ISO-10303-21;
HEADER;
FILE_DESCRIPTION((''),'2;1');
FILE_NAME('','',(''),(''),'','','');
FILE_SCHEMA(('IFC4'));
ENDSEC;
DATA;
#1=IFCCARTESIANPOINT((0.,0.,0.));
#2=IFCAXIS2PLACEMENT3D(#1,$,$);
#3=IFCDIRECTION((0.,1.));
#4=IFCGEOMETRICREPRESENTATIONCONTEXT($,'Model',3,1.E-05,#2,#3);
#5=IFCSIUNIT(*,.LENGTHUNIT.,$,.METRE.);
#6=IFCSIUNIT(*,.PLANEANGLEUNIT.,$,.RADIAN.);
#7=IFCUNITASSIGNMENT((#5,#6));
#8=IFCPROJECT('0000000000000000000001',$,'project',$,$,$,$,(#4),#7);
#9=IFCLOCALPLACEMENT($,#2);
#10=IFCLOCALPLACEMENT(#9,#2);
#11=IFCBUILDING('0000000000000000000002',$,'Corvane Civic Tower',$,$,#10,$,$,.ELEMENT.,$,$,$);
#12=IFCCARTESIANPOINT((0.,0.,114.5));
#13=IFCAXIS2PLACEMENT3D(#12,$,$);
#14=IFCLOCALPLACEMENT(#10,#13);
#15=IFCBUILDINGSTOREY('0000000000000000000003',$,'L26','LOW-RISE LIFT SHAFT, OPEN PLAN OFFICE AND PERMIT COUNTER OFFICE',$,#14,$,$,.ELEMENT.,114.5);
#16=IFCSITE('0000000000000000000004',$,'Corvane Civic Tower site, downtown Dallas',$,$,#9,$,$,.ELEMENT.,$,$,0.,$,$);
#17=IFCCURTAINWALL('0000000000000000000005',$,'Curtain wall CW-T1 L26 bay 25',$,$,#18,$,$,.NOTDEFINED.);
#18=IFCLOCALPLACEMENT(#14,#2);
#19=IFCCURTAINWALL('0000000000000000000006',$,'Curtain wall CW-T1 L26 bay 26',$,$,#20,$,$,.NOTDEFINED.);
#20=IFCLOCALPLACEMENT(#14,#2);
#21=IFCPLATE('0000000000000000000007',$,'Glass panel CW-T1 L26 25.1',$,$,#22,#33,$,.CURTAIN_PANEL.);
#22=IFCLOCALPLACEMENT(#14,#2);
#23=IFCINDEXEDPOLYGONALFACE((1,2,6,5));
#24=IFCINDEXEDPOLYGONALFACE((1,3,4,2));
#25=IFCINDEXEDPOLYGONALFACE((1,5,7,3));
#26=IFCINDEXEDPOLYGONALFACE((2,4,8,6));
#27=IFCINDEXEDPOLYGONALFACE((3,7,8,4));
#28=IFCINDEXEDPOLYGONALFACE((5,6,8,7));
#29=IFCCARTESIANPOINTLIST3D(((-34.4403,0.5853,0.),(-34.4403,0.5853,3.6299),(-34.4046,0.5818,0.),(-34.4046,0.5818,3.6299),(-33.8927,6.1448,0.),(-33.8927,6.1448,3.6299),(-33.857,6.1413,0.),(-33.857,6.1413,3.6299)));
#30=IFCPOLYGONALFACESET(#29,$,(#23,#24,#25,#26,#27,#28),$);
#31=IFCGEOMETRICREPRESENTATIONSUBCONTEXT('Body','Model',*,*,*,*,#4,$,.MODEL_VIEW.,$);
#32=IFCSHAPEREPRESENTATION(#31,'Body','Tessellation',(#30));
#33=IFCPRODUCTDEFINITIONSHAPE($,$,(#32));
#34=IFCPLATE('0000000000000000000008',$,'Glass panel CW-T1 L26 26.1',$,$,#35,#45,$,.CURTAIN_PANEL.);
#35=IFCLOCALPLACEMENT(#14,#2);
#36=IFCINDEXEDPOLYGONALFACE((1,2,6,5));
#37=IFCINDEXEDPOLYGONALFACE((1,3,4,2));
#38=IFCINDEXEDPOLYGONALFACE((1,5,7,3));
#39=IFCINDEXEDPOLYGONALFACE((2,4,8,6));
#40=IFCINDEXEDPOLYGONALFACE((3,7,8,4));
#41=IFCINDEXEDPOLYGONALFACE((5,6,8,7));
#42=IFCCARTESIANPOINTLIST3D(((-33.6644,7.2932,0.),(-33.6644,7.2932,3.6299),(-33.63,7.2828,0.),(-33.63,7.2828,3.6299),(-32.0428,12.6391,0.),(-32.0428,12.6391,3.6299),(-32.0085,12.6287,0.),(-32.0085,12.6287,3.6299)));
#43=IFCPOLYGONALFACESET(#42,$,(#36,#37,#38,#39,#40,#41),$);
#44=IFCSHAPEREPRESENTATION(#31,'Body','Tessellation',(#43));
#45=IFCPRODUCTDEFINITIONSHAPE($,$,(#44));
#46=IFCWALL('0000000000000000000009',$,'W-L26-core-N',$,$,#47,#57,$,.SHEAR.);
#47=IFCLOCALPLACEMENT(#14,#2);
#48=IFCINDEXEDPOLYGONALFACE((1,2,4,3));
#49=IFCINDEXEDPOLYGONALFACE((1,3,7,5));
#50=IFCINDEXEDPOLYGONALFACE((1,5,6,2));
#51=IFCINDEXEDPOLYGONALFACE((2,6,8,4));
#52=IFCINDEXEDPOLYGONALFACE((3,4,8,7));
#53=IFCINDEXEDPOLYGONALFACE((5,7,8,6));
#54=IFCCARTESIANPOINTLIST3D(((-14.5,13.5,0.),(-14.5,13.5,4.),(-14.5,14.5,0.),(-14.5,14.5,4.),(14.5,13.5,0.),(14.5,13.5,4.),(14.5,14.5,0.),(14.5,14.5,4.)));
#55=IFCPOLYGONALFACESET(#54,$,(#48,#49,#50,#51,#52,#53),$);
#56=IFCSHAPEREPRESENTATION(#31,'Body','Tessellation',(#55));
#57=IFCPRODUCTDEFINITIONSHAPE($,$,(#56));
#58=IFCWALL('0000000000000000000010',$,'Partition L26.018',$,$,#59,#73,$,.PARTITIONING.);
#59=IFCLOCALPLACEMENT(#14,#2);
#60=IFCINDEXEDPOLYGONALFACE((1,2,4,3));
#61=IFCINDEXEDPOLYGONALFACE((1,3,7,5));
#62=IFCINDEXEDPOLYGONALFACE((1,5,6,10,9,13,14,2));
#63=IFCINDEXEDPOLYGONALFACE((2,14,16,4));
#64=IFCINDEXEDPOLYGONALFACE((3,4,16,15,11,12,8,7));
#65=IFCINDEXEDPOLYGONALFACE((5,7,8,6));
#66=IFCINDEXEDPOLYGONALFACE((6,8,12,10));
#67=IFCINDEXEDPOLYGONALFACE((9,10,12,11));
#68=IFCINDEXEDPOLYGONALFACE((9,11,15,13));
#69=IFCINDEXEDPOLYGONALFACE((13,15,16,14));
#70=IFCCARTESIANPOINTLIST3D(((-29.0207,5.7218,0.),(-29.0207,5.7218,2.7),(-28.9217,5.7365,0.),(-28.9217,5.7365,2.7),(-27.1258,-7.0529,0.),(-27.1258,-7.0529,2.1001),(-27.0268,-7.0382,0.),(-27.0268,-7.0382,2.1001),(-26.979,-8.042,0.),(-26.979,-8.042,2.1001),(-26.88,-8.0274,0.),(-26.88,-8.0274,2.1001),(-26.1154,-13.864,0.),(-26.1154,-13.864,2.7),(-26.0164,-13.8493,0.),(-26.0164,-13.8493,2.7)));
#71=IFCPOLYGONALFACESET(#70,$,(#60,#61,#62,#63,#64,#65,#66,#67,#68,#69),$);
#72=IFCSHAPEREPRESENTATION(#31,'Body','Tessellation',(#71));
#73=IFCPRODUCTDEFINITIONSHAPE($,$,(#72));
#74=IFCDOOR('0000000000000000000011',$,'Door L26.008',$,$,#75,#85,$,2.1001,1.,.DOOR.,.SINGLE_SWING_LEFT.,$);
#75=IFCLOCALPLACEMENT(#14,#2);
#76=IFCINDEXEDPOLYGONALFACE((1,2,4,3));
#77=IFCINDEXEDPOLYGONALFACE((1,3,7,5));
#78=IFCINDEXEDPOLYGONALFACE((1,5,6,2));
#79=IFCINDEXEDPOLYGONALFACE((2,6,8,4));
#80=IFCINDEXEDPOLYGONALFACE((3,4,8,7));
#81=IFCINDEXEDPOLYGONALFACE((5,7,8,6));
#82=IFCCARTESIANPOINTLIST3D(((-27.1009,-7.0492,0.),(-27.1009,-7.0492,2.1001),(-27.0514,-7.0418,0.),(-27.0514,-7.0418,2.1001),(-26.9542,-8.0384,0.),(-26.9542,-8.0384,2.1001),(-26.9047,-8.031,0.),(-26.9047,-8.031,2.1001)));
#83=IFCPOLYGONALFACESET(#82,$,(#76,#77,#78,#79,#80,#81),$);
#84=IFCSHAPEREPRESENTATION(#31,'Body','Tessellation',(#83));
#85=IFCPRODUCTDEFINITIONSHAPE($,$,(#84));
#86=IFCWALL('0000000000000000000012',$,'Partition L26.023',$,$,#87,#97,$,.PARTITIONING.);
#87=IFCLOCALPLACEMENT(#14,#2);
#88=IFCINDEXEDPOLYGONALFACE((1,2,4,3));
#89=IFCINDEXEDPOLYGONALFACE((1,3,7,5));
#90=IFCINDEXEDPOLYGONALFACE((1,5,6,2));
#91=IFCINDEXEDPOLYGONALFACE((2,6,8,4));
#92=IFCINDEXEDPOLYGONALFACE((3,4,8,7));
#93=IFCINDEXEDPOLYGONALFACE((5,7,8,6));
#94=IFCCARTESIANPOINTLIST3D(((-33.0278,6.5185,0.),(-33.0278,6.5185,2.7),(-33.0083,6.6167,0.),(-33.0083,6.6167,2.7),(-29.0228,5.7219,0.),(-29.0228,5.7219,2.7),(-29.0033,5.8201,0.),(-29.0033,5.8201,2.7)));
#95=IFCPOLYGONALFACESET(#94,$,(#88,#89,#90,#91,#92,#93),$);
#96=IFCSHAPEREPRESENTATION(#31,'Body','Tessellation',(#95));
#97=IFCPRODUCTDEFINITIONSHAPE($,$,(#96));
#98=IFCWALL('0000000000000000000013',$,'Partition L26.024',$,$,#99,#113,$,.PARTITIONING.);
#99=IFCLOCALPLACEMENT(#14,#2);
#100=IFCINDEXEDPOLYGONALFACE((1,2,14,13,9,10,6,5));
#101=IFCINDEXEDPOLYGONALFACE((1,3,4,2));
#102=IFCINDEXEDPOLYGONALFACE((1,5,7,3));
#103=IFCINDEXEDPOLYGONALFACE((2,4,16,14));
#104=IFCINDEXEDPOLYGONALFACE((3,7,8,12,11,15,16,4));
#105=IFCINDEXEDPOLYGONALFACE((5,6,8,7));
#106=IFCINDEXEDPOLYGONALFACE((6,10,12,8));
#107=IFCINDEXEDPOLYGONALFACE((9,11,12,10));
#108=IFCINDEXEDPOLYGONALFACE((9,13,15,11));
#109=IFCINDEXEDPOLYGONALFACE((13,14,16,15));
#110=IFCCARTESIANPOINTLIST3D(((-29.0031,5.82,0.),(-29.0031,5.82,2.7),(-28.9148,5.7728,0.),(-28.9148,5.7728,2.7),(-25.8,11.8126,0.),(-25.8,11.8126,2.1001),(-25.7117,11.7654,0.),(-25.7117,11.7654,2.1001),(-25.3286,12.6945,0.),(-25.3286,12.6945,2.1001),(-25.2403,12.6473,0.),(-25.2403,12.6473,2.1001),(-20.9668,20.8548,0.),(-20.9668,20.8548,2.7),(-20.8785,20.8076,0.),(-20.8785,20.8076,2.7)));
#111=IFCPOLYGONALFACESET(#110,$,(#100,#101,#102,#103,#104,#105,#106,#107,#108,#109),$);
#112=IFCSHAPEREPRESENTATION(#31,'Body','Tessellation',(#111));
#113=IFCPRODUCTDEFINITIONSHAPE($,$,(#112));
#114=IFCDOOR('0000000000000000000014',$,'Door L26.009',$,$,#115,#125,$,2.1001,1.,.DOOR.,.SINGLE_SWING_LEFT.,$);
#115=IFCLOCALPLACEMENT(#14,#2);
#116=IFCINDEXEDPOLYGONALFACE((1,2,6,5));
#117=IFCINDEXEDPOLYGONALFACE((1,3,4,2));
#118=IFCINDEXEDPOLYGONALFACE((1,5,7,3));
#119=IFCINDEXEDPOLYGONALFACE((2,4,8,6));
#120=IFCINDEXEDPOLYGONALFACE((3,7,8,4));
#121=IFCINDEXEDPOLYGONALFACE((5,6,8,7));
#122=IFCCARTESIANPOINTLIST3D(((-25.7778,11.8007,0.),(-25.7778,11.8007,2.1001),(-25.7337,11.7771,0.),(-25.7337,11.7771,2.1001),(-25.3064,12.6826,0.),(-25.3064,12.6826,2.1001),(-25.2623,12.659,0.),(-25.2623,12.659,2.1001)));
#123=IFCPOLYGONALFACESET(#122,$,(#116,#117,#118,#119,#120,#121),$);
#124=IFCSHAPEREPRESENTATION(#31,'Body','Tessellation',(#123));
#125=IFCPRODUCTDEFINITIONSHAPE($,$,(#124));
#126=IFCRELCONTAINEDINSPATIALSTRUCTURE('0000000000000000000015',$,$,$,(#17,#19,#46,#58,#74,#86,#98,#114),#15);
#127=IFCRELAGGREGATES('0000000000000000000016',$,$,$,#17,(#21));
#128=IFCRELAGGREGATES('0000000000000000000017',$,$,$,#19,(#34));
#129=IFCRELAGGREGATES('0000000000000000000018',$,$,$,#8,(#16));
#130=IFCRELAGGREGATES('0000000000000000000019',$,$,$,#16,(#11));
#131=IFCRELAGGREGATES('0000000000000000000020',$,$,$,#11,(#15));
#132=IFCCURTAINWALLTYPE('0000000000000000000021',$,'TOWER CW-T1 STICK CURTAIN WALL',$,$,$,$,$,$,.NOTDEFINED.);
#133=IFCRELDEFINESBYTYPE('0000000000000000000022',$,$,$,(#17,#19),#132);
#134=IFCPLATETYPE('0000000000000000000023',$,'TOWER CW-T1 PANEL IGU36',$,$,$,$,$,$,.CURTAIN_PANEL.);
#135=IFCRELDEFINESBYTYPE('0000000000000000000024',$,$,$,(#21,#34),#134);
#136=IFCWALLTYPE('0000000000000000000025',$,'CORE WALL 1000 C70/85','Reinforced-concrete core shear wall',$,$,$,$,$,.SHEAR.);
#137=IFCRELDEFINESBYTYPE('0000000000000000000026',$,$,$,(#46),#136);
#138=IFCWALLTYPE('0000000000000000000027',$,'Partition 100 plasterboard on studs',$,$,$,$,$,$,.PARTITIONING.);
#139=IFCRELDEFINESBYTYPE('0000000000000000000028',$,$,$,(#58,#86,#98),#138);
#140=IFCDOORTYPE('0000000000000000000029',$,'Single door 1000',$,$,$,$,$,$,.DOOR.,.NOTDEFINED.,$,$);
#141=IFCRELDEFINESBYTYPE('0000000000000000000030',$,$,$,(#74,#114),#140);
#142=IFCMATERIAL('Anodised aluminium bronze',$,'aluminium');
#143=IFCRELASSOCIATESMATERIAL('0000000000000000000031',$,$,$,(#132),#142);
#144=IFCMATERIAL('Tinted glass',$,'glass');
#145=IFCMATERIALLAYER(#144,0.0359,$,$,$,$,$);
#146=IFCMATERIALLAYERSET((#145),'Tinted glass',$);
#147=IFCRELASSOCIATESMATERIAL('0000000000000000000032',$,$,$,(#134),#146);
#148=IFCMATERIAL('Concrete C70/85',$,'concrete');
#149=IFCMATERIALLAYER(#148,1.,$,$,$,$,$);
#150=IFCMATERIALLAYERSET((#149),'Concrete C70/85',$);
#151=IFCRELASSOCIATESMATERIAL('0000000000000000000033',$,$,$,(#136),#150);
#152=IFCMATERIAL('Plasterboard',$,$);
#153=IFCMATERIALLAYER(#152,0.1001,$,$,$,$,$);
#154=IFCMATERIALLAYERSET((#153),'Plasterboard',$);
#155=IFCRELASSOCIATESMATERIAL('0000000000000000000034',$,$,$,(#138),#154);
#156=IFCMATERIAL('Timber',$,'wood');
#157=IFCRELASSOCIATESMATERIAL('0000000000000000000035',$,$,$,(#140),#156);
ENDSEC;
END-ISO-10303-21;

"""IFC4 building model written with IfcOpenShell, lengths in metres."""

from ifc_helpers import new_model, si_unit, direction, frame, frame_2d, origin, origin_2d, place, context, subcontext, project, spatial, rectangle, extrude, material, layer, layer_set, type_object, element, fill, aggregate, save


model = new_model("IFC4")

# Units and contexts
model_context = context("Model", 3, precision=1e-05, world=origin(), true_north=direction((0.0, 1.0)))
body_context = subcontext(model_context, "Body", "Model", "MODEL_VIEW")
ifc_project = project(units=[si_unit("LENGTHUNIT", "METRE"), si_unit("PLANEANGLEUNIT", "RADIAN")], contexts=[model_context])

# Site, building, storey
site_placement = place(None, origin())
site = spatial("IfcSite", under=ifc_project, at=site_placement, Name="Corvane Civic Tower site, downtown Dallas", CompositionType="ELEMENT", RefElevation=0.0)
building_placement = place(site_placement, origin())
building = spatial("IfcBuilding", under=site, at=building_placement, Name="Corvane Civic Tower", CompositionType="ELEMENT")
storey_placement = place(building_placement, frame((0.0, 0.0, 114.5)))
storey = spatial("IfcBuildingStorey", under=building, at=storey_placement, Name="L26", Description="LOW-RISE LIFT SHAFT, OPEN PLAN OFFICE AND PERMIT COUNTER OFFICE", CompositionType="ELEMENT", Elevation=114.5)

# Curtain walls
ifc_material_1 = material(Name="Anodised aluminium bronze", Category="aluminium")
curtain_wall_type = type_object("IfcCurtainWallType", Name="TOWER CW-T1 STICK CURTAIN WALL", PredefinedType="NOTDEFINED", material=ifc_material_1)
curtain_wall_1_placement = place(storey_placement, origin())
curtain_wall_1 = element("IfcCurtainWall", 1, at=curtain_wall_1_placement, inside=storey, type_object=curtain_wall_type, Name="Curtain wall CW-T1 L26 bay 25", PredefinedType="NOTDEFINED")
curtain_wall_2_placement = place(storey_placement, origin())
curtain_wall_2 = element("IfcCurtainWall", 2, at=curtain_wall_2_placement, inside=storey, type_object=curtain_wall_type, Name="Curtain wall CW-T1 L26 bay 26", PredefinedType="NOTDEFINED")

# Plates
ifc_material_2 = material(Name="Tinted glass", Category="glass")
ifc_layer_1 = layer(ifc_material_2, 0.0359)
ifc_layer_set_1 = layer_set([ifc_layer_1], Name="Tinted glass")
plate_type = type_object("IfcPlateType", Name="TOWER CW-T1 PANEL IGU36", PredefinedType="CURTAIN_PANEL", material=ifc_layer_set_1)
plate_1_placement = place(storey_placement, frame((-34.1487, 3.3633, 0.0), z_axis=(0.0, 0.0, 1.0), x_axis=(0.098027, 0.995184, 0.0)))
plate_1 = element("IfcPlate", 3, at=plate_1_placement, type_object=plate_type, Name="Glass panel CW-T1 L26 25.1", PredefinedType="CURTAIN_PANEL", context=body_context, shape_type="SweptSolid", body=[
    extrude(rectangle(XDim=5.5864, YDim=0.0359, at=origin_2d()), origin(), (0.0, 0.0, 1.0), 3.6299),
])
aggregate(curtain_wall_1, [plate_1])
plate_2_placement = place(storey_placement, frame((-32.8364, 9.9609, 0.0), z_axis=(0.0, 0.0, 1.0), x_axis=(0.290266, 0.956946, 0.0)))
plate_2 = element("IfcPlate", 4, at=plate_2_placement, type_object=plate_type, Name="Glass panel CW-T1 L26 26.1", PredefinedType="CURTAIN_PANEL", context=body_context, shape_type="SweptSolid", body=[
    extrude(rectangle(XDim=5.5864, YDim=0.0359, at=origin_2d()), origin(), (0.0, 0.0, 1.0), 3.6299),
])
aggregate(curtain_wall_2, [plate_2])

# Wall
ifc_material_3 = material(Name="Concrete C70/85", Category="concrete")
ifc_layer_2 = layer(ifc_material_3, 1.0)
ifc_layer_set_2 = layer_set([ifc_layer_2], Name="Concrete C70/85")
wall_type_1 = type_object("IfcWallType", Name="CORE WALL 1000 C70/85", Description="Reinforced-concrete core shear wall", PredefinedType="SHEAR", material=ifc_layer_set_2)
wall_1_placement = place(storey_placement, frame((-14.5, 14.0, 0.0), z_axis=(0.0, 0.0, 1.0), x_axis=(1.0, 0.0, 0.0)))
element("IfcWall", 5, at=wall_1_placement, inside=storey, type_object=wall_type_1, Name="W-L26-core-N", PredefinedType="SHEAR", context=body_context, shape_type="SweptSolid", body=[
    extrude(rectangle(XDim=29.0, YDim=1.0, at=frame_2d((14.5, 0.0))), origin(), (0.0, 0.0, 1.0), 4.0),
])

# Wall, opening, door
ifc_material_4 = material(Name="Plasterboard")
ifc_layer_3 = layer(ifc_material_4, 0.1001)
ifc_layer_set_3 = layer_set([ifc_layer_3], Name="Plasterboard")
wall_type_2 = type_object("IfcWallType", Name="Partition 100 plasterboard on studs", PredefinedType="PARTITIONING", material=ifc_layer_set_3)
wall_2_placement = place(storey_placement, frame((-28.9712, 5.729, 0.0), z_axis=(0.0, 0.0, 1.0), x_axis=(0.146731, -0.989176, 0.0)))
wall_2 = element("IfcWall", 6, at=wall_2_placement, inside=storey, type_object=wall_type_2, Name="Partition L26.018", PredefinedType="PARTITIONING", context=body_context, shape_type="SweptSolid", body=[
    extrude(rectangle(XDim=19.8, YDim=0.1001, at=frame_2d((9.8999, 0.0))), origin(), (0.0, 0.0, 1.0), 2.7),
])
opening_1_placement = place(wall_2_placement, frame((12.9143, 0.0, 0.0)))
opening_1 = element("IfcOpeningElement", 7, at=opening_1_placement, cuts=wall_2, PredefinedType="OPENING", context=body_context, shape_type="SweptSolid", body=[
    extrude(rectangle(XDim=1.0, YDim=2.1001, at=frame_2d((0.5, 1.05))), frame((0.0, 0.0601, 0.0), z_axis=(0.0, -1.0, 0.0), x_axis=(1.0, 0.0, 0.0)), (0.0, 0.0, 1.0), 0.1201),
])
ifc_material_5 = material(Name="Timber", Category="wood")
door_type = type_object("IfcDoorType", Name="Single door 1000", OperationType="NOTDEFINED", PredefinedType="DOOR", material=ifc_material_5)
door_1_placement = place(opening_1_placement, frame((1.0, 0.0, 0.0), z_axis=(0.0, 0.0, 1.0), x_axis=(-1.0, 0.0, 0.0)))
door_1 = element("IfcDoor", 8, at=door_1_placement, inside=storey, type_object=door_type, Name="Door L26.008", OperationType="SINGLE_SWING_LEFT", OverallHeight=2.1001, OverallWidth=1.0, PredefinedType="DOOR", context=body_context, shape_type="SweptSolid", body=[
    extrude(rectangle(XDim=1.0, YDim=2.1001, at=frame_2d((0.5, 1.05))), frame((0.0, 0.0249, 0.0), z_axis=(0.0, -1.0, 0.0), x_axis=(1.0, 0.0, 0.0)), (0.0, 0.0, 1.0), 0.05),
])
fill(opening_1, door_1)

# Wall
wall_3_placement = place(storey_placement, frame((-33.0181, 6.5676, 0.0), z_axis=(0.0, 0.0, 1.0), x_axis=(0.980787, -0.195081, 0.0)))
element("IfcWall", 9, at=wall_3_placement, inside=storey, type_object=wall_type_2, Name="Partition L26.023", PredefinedType="PARTITIONING", context=body_context, shape_type="SweptSolid", body=[
    extrude(rectangle(XDim=4.0835, YDim=0.1001, at=frame_2d((2.0417, 0.0))), origin(), (0.0, 0.0, 1.0), 2.7),
])

# Wall, opening, door
wall_4_placement = place(storey_placement, frame((-28.959, 5.7964, 0.0), z_axis=(0.0, 0.0, 1.0), x_axis=(0.471399, 0.88192, 0.0)))
wall_4 = element("IfcWall", 10, at=wall_4_placement, inside=storey, type_object=wall_type_2, Name="Partition L26.024", PredefinedType="PARTITIONING", context=body_context, shape_type="SweptSolid", body=[
    extrude(rectangle(XDim=17.0479, YDim=0.1001, at=frame_2d((8.5239, 0.0))), origin(), (0.0, 0.0, 1.0), 2.7),
])
opening_2_placement = place(wall_4_placement, frame((6.7949, 0.0, 0.0)))
opening_2 = element("IfcOpeningElement", 11, at=opening_2_placement, cuts=wall_4, PredefinedType="OPENING", context=body_context, shape_type="SweptSolid", body=[
    extrude(rectangle(XDim=1.0, YDim=2.1001, at=frame_2d((0.5, 1.05))), frame((0.0, 0.0601, 0.0), z_axis=(0.0, -1.0, 0.0), x_axis=(1.0, 0.0, 0.0)), (0.0, 0.0, 1.0), 0.1201),
])
door_2_placement = place(opening_2_placement, origin())
door_2 = element("IfcDoor", 12, at=door_2_placement, inside=storey, type_object=door_type, Name="Door L26.009", OperationType="SINGLE_SWING_LEFT", OverallHeight=2.1001, OverallWidth=1.0, PredefinedType="DOOR", context=body_context, shape_type="SweptSolid", body=[
    extrude(rectangle(XDim=1.0, YDim=2.1001, at=frame_2d((0.5, 1.05))), frame((0.0, 0.0249, 0.0), z_axis=(0.0, -1.0, 0.0), x_axis=(1.0, 0.0, 0.0)), (0.0, 0.0, 1.0), 0.05),
])
fill(opening_2, door_2)

save(model, "model.ifc")
